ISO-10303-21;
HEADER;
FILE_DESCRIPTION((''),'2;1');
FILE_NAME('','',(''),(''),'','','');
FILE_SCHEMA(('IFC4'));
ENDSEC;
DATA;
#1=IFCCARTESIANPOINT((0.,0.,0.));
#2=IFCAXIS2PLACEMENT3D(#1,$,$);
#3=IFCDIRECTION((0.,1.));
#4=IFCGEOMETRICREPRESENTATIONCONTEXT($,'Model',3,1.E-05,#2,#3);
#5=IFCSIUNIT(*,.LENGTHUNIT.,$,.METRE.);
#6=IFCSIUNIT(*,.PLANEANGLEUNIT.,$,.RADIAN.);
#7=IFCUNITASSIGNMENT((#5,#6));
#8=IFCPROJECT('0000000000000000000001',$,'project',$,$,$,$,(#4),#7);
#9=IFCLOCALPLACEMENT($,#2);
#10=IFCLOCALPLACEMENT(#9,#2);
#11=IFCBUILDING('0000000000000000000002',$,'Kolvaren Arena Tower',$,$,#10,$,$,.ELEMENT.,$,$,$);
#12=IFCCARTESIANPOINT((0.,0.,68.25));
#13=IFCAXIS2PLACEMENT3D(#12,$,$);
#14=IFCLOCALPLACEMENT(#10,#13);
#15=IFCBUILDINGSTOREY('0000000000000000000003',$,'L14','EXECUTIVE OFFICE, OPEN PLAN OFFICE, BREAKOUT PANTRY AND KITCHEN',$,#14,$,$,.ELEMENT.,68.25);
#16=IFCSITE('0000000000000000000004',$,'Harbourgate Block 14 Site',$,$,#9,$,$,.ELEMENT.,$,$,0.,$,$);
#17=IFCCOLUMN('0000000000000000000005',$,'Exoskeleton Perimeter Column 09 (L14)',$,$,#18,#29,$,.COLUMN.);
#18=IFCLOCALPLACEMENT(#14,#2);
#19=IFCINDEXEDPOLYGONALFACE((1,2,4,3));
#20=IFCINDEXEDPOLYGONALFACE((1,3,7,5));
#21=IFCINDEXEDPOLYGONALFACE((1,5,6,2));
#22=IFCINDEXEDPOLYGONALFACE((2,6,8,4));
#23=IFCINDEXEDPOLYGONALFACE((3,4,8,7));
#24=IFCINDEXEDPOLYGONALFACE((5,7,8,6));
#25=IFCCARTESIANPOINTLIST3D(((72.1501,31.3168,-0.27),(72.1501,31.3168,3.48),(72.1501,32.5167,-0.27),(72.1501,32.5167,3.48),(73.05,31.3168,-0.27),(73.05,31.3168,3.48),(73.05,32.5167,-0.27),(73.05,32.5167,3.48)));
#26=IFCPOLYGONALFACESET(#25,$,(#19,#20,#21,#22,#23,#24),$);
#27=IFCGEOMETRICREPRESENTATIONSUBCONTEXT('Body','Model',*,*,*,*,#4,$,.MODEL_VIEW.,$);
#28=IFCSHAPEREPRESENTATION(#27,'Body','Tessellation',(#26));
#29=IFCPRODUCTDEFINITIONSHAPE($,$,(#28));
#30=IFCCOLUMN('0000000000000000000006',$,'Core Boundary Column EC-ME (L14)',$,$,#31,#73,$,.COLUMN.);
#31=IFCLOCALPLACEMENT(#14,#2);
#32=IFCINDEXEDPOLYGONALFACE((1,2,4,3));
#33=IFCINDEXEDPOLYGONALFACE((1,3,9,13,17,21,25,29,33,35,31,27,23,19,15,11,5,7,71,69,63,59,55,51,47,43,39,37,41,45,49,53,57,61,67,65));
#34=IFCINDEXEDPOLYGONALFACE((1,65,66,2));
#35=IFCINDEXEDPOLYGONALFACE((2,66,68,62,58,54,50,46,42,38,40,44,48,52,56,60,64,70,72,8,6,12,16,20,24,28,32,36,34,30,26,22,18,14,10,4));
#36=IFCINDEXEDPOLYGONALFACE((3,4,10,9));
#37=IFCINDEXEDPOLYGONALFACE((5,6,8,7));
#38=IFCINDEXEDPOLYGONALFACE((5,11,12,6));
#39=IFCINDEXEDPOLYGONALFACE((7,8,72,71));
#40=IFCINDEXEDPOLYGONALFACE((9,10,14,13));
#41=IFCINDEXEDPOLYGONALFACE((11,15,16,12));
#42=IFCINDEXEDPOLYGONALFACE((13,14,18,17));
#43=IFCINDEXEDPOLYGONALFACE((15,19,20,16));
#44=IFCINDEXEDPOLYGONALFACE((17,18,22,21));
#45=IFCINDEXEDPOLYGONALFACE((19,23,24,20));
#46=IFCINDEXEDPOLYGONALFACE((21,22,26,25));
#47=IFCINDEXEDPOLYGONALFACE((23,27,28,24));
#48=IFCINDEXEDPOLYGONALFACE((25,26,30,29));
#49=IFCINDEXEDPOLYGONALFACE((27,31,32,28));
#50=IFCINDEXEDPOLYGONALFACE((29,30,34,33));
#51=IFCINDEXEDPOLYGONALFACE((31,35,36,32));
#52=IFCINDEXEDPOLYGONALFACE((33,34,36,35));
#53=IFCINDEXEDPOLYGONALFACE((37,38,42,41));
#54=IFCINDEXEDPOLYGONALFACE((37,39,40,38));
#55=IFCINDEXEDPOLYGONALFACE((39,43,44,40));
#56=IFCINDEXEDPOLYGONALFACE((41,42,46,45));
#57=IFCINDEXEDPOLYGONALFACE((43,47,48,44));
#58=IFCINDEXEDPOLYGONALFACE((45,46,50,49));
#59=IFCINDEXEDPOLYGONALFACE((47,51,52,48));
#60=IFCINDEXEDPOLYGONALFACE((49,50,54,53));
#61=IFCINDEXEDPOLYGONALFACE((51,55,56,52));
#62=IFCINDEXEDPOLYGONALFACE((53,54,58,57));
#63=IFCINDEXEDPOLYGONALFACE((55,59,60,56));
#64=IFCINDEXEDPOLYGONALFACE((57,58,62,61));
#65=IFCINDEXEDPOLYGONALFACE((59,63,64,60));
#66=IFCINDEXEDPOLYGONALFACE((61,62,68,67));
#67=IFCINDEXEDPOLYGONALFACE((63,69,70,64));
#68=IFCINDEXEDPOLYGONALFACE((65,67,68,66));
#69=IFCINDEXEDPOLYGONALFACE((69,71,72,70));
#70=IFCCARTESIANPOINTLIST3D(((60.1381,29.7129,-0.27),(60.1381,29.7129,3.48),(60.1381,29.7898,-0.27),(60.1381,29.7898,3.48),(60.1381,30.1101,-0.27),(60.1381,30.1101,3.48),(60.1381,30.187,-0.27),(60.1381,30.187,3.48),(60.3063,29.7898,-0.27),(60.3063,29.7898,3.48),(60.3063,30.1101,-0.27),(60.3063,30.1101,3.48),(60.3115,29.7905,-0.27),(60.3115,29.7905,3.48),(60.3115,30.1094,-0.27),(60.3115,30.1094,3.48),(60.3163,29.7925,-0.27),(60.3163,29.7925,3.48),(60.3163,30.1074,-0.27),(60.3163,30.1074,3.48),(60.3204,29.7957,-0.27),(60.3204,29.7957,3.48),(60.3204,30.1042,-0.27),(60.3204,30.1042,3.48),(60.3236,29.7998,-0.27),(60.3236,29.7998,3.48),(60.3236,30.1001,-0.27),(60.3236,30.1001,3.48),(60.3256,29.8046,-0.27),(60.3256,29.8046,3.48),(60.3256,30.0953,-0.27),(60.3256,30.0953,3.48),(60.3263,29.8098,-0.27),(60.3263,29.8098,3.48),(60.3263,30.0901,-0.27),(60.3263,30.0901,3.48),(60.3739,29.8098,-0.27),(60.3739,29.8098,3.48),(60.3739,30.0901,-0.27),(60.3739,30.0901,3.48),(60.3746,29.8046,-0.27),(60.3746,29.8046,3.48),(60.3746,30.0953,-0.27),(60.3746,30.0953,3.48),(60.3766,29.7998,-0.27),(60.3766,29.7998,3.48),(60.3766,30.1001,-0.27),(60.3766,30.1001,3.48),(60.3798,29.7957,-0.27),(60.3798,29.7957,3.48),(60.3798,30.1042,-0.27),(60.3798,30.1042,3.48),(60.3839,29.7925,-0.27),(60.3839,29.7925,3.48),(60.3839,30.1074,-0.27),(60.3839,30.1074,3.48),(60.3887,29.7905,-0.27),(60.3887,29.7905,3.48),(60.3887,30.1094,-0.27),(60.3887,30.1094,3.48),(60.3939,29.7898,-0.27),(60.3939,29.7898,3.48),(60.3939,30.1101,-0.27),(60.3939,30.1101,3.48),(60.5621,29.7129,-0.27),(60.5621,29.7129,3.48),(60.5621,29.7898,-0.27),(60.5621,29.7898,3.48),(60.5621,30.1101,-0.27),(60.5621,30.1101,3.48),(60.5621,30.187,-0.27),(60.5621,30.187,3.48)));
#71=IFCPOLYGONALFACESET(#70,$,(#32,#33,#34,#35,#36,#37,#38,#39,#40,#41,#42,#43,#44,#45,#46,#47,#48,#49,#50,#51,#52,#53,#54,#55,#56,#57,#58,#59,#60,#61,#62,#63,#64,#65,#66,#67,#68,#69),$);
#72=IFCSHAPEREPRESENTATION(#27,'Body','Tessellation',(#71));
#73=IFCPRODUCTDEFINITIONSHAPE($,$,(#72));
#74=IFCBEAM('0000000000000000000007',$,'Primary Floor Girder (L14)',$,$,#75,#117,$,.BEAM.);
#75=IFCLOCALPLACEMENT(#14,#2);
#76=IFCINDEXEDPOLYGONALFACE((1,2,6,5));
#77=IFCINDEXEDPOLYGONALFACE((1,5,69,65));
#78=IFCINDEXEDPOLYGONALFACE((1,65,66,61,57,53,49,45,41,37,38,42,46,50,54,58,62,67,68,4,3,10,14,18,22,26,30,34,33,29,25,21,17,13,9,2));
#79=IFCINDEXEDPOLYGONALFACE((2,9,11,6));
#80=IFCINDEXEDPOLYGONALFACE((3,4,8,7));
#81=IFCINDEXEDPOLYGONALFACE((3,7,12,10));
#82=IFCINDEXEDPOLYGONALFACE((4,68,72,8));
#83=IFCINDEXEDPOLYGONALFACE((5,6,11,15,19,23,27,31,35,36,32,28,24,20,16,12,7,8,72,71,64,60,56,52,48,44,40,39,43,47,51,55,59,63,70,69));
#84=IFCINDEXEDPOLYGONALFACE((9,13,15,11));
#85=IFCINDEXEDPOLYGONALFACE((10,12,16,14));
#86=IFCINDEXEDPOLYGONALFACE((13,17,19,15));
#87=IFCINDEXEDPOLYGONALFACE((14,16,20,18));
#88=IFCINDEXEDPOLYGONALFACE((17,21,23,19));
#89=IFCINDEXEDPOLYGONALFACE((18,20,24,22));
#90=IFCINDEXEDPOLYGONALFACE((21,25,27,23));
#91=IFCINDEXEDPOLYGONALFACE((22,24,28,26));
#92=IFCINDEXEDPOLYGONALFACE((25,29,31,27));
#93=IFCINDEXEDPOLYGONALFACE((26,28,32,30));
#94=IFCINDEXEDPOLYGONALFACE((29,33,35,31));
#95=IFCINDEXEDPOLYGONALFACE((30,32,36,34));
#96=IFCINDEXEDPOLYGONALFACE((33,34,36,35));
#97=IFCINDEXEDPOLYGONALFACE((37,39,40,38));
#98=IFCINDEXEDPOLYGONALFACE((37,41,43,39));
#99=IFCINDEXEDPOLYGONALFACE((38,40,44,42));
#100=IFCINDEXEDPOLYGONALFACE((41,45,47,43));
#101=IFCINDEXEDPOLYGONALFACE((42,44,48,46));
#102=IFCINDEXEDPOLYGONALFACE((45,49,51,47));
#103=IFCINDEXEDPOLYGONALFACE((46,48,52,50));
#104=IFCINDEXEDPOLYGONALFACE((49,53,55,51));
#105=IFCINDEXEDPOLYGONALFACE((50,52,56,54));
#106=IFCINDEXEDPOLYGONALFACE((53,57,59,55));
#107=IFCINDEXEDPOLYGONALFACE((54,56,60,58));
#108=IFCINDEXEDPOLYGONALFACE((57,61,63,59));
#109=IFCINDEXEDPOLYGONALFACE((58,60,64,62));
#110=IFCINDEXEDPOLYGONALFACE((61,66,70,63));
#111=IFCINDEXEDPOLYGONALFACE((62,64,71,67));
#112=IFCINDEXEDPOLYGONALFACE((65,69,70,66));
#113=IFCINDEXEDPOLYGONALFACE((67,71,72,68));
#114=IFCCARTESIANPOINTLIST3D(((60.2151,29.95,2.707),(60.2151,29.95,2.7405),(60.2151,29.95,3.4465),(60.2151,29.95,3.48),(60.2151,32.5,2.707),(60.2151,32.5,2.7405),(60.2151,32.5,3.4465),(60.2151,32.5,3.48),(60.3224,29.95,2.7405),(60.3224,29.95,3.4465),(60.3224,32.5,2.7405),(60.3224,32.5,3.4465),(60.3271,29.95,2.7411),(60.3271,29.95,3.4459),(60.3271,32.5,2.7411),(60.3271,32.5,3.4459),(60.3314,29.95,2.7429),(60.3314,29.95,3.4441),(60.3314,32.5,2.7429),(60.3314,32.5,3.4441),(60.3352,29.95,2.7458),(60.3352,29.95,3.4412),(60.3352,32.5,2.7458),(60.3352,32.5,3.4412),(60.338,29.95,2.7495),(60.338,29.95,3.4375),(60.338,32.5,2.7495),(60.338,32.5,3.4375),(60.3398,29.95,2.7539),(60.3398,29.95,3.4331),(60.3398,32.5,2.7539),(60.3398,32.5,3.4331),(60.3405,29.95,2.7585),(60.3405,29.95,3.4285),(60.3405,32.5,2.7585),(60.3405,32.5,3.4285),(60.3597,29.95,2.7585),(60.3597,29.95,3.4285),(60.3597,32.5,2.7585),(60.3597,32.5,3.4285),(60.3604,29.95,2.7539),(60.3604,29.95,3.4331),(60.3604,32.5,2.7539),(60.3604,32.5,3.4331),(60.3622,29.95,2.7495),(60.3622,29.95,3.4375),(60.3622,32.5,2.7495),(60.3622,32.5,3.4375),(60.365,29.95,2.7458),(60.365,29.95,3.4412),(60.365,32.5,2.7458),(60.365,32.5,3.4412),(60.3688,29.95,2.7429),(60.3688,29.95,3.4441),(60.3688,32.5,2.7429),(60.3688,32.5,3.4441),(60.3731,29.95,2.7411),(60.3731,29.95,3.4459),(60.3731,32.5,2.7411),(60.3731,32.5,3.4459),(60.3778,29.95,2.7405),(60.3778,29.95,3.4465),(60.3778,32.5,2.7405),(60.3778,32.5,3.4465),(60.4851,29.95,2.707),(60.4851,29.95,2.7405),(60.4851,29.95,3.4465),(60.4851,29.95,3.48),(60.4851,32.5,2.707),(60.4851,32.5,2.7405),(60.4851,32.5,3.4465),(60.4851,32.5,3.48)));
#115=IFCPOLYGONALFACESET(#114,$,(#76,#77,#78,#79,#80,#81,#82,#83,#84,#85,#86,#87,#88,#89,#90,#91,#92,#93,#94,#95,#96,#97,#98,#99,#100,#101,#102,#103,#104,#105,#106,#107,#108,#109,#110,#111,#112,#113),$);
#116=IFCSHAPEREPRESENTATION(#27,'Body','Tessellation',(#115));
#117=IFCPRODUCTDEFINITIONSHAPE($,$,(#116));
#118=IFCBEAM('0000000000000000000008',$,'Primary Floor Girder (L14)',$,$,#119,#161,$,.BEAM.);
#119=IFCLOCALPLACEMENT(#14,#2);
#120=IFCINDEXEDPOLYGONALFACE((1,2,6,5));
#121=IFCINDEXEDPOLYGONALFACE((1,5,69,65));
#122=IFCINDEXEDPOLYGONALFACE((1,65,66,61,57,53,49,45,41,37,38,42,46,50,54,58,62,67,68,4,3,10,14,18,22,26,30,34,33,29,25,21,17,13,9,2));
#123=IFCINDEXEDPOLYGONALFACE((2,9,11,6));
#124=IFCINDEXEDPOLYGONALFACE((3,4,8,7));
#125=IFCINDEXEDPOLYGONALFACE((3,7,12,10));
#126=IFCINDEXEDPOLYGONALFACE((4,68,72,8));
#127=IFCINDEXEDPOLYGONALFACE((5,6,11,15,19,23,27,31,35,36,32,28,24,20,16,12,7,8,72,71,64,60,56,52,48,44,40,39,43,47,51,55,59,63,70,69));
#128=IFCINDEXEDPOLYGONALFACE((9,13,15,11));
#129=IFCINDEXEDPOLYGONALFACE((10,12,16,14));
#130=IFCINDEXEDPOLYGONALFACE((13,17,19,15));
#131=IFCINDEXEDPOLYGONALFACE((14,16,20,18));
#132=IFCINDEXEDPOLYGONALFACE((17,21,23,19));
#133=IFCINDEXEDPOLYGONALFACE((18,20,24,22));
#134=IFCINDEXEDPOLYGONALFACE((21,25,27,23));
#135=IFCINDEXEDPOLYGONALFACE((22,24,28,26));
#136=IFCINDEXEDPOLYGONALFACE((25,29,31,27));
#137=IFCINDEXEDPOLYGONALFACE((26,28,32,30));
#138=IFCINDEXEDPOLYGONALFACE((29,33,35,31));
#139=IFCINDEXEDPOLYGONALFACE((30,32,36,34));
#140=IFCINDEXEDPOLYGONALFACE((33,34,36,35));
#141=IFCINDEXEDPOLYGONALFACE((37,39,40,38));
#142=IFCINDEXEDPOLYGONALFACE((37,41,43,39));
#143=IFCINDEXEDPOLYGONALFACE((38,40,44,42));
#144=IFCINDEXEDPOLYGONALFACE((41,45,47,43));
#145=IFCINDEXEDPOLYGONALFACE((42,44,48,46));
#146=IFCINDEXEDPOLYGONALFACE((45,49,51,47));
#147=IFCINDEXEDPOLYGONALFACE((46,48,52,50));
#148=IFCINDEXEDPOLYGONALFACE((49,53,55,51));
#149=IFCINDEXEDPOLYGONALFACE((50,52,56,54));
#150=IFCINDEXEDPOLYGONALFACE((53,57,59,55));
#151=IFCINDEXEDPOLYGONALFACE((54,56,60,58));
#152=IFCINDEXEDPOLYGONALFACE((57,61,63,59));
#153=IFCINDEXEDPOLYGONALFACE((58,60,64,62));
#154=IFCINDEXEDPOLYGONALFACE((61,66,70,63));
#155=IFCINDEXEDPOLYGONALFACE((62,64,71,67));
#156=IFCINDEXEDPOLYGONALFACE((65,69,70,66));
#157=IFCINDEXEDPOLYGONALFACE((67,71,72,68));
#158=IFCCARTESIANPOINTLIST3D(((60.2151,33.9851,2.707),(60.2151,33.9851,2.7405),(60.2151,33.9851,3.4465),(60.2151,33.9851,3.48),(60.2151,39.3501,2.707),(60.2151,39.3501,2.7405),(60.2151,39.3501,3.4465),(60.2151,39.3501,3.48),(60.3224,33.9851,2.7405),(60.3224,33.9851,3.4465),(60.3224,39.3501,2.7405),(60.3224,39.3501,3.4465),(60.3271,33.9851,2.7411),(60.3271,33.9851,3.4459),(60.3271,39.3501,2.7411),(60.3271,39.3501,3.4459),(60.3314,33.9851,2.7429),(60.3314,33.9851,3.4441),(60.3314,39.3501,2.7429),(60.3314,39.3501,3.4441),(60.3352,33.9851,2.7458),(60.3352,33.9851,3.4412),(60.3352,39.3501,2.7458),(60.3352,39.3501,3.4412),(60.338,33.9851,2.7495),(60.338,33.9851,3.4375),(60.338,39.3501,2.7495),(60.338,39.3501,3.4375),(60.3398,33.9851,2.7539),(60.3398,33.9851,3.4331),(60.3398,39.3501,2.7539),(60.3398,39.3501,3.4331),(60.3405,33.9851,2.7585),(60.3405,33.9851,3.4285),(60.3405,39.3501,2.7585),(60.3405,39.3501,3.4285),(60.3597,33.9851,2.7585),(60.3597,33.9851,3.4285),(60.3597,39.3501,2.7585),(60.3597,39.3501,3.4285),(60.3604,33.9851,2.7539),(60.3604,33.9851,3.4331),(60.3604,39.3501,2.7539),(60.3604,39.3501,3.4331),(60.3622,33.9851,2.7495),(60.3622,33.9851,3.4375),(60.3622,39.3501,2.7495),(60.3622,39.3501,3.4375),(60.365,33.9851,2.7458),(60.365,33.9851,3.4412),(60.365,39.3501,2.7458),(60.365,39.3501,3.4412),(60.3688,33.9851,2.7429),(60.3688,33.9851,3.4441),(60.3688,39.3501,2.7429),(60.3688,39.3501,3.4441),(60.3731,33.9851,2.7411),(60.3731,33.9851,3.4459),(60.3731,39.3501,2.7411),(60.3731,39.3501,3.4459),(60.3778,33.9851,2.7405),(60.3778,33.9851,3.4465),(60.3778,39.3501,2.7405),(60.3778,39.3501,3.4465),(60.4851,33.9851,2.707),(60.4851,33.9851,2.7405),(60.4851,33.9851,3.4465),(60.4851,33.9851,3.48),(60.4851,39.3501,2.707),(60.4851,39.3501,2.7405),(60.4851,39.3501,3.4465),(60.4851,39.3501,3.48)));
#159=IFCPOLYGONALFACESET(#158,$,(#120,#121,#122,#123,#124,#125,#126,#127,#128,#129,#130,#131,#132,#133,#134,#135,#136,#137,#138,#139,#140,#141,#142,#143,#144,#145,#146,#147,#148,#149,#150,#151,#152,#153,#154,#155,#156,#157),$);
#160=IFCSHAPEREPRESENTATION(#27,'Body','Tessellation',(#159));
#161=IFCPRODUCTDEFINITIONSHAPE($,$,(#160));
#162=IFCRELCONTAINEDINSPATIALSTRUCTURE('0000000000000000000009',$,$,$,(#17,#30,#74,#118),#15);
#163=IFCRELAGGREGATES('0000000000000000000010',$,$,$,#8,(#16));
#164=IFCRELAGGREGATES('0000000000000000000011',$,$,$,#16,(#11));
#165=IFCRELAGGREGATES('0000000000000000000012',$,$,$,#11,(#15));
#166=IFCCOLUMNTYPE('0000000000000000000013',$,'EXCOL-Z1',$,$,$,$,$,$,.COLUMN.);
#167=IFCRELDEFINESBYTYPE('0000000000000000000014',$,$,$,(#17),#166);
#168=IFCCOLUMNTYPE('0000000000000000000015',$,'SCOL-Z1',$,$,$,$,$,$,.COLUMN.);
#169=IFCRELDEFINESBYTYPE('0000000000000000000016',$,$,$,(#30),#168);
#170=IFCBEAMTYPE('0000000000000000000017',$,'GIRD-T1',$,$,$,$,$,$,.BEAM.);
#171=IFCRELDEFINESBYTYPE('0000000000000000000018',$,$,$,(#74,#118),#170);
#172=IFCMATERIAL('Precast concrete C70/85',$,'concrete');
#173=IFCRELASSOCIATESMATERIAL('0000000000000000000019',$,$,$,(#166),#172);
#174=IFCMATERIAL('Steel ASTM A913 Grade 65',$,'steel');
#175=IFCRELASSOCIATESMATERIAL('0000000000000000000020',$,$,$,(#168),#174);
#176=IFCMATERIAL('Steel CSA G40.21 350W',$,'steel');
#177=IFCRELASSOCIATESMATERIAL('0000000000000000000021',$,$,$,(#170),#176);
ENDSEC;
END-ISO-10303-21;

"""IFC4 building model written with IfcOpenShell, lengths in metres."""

from ifc_helpers import new_model, si_unit, direction, frame, origin, origin_2d, place, context, subcontext, project, spatial, rectangle, i_section, extrude, material, material_profile, profile_set, type_object, element, save


model = new_model("IFC4")

# Units and contexts
model_context = context("Model", 3, precision=1e-05, world=origin(), true_north=direction((0.0, 1.0)))
body_context = subcontext(model_context, "Body", "Model", "MODEL_VIEW")
ifc_project = project(units=[si_unit("LENGTHUNIT", "METRE"), si_unit("PLANEANGLEUNIT", "RADIAN")], contexts=[model_context])

# Site, building, storey
site_placement = place(None, origin())
site = spatial("IfcSite", under=ifc_project, at=site_placement, Name="Harbourgate Block 14 Site", CompositionType="ELEMENT", RefElevation=0.0)
building_placement = place(site_placement, origin())
building = spatial("IfcBuilding", under=site, at=building_placement, Name="Kolvaren Arena Tower", CompositionType="ELEMENT")
storey_placement = place(building_placement, frame((0.0, 0.0, 68.25)))
storey = spatial("IfcBuildingStorey", under=building, at=storey_placement, Name="L14", Description="EXECUTIVE OFFICE, OPEN PLAN OFFICE, BREAKOUT PANTRY AND KITCHEN", CompositionType="ELEMENT", Elevation=68.25)

# Columns
ifc_material_1 = material(Name="Precast concrete C70/85", Category="concrete")
ifc_material_profile_1 = material_profile(ifc_material_1, rectangle(XDim=1.2, YDim=0.8999, at=origin_2d()), Name="RC-1200x900")
ifc_profile_set_1 = profile_set([ifc_material_profile_1], Name="Precast concrete C70/85")
column_type_1 = type_object("IfcColumnType", Name="EXCOL-Z1", PredefinedType="COLUMN", material=ifc_profile_set_1)
column_1_placement = place(storey_placement, frame((72.6001, 31.9167, -0.27), z_axis=(0.0, 0.0, 1.0), x_axis=(0.0, 1.0, 0.0)))
element("IfcColumn", 1, at=column_1_placement, inside=storey, type_object=column_type_1, Name="Exoskeleton Perimeter Column 09 (L14)", PredefinedType="COLUMN", context=body_context, shape_type="SweptSolid", body=[
    extrude(rectangle(XDim=1.2, YDim=0.8999, at=origin_2d()), origin(), (0.0, 0.0, 1.0), 3.75),
])
ifc_material_2 = material(Name="Steel ASTM A913 Grade 65", Category="steel")
ifc_material_profile_2 = material_profile(ifc_material_2, i_section(OverallWidth=0.4241, OverallDepth=0.4741, WebThickness=0.0476, FlangeThickness=0.0769, FilletRadius=0.02, at=origin_2d()), Name="W360x634")
ifc_profile_set_2 = profile_set([ifc_material_profile_2], Name="Steel ASTM A913 Grade 65")
column_type_2 = type_object("IfcColumnType", Name="SCOL-Z1", PredefinedType="COLUMN", material=ifc_profile_set_2)
column_2_placement = place(storey_placement, frame((60.3501, 29.95, -0.27), z_axis=(0.0, 0.0, 1.0), x_axis=(1.0, 0.0, 0.0)))
element("IfcColumn", 2, at=column_2_placement, inside=storey, type_object=column_type_2, Name="Core Boundary Column EC-ME (L14)", PredefinedType="COLUMN", context=body_context, shape_type="SweptSolid", body=[
    extrude(i_section(OverallWidth=0.4241, OverallDepth=0.4741, WebThickness=0.0476, FlangeThickness=0.0769, FilletRadius=0.02, at=origin_2d()), origin(), (0.0, 0.0, 1.0), 3.75),
])

# Beams
ifc_material_3 = material(Name="Steel CSA G40.21 350W", Category="steel")
ifc_material_profile_3 = material_profile(ifc_material_3, i_section(OverallWidth=0.27, OverallDepth=0.7729, WebThickness=0.0193, FlangeThickness=0.0334, FilletRadius=0.0181, at=origin_2d()), Name="W760x257")
ifc_profile_set_3 = profile_set([ifc_material_profile_3], Name="Steel CSA G40.21 350W")
beam_type_1 = type_object("IfcBeamType", Name="GIRD-T1", PredefinedType="BEAM", material=ifc_profile_set_3)
beam_1_placement = place(storey_placement, frame((60.3501, 29.95, 3.0935), z_axis=(0.0, 1.0, 0.0), x_axis=(-1.0, 0.0, 0.0)))
element("IfcBeam", 3, at=beam_1_placement, inside=storey, type_object=beam_type_1, Name="Primary Floor Girder (L14)", PredefinedType="BEAM", context=body_context, shape_type="SweptSolid", body=[
    extrude(i_section(OverallWidth=0.27, OverallDepth=0.7729, WebThickness=0.0193, FlangeThickness=0.0334, FilletRadius=0.0181, at=origin_2d()), origin(), (0.0, 0.0, 1.0), 2.55),
])
beam_2_placement = place(storey_placement, frame((60.3501, 33.9851, 3.0935), z_axis=(0.0, 1.0, 0.0), x_axis=(-1.0, 0.0, 0.0)))
element("IfcBeam", 4, at=beam_2_placement, inside=storey, type_object=beam_type_1, Name="Primary Floor Girder (L14)", PredefinedType="BEAM", context=body_context, shape_type="SweptSolid", body=[
    extrude(i_section(OverallWidth=0.27, OverallDepth=0.7729, WebThickness=0.0193, FlangeThickness=0.0334, FilletRadius=0.0181, at=origin_2d()), origin(), (0.0, 0.0, 1.0), 5.365),
])

save(model, "model.ifc")
